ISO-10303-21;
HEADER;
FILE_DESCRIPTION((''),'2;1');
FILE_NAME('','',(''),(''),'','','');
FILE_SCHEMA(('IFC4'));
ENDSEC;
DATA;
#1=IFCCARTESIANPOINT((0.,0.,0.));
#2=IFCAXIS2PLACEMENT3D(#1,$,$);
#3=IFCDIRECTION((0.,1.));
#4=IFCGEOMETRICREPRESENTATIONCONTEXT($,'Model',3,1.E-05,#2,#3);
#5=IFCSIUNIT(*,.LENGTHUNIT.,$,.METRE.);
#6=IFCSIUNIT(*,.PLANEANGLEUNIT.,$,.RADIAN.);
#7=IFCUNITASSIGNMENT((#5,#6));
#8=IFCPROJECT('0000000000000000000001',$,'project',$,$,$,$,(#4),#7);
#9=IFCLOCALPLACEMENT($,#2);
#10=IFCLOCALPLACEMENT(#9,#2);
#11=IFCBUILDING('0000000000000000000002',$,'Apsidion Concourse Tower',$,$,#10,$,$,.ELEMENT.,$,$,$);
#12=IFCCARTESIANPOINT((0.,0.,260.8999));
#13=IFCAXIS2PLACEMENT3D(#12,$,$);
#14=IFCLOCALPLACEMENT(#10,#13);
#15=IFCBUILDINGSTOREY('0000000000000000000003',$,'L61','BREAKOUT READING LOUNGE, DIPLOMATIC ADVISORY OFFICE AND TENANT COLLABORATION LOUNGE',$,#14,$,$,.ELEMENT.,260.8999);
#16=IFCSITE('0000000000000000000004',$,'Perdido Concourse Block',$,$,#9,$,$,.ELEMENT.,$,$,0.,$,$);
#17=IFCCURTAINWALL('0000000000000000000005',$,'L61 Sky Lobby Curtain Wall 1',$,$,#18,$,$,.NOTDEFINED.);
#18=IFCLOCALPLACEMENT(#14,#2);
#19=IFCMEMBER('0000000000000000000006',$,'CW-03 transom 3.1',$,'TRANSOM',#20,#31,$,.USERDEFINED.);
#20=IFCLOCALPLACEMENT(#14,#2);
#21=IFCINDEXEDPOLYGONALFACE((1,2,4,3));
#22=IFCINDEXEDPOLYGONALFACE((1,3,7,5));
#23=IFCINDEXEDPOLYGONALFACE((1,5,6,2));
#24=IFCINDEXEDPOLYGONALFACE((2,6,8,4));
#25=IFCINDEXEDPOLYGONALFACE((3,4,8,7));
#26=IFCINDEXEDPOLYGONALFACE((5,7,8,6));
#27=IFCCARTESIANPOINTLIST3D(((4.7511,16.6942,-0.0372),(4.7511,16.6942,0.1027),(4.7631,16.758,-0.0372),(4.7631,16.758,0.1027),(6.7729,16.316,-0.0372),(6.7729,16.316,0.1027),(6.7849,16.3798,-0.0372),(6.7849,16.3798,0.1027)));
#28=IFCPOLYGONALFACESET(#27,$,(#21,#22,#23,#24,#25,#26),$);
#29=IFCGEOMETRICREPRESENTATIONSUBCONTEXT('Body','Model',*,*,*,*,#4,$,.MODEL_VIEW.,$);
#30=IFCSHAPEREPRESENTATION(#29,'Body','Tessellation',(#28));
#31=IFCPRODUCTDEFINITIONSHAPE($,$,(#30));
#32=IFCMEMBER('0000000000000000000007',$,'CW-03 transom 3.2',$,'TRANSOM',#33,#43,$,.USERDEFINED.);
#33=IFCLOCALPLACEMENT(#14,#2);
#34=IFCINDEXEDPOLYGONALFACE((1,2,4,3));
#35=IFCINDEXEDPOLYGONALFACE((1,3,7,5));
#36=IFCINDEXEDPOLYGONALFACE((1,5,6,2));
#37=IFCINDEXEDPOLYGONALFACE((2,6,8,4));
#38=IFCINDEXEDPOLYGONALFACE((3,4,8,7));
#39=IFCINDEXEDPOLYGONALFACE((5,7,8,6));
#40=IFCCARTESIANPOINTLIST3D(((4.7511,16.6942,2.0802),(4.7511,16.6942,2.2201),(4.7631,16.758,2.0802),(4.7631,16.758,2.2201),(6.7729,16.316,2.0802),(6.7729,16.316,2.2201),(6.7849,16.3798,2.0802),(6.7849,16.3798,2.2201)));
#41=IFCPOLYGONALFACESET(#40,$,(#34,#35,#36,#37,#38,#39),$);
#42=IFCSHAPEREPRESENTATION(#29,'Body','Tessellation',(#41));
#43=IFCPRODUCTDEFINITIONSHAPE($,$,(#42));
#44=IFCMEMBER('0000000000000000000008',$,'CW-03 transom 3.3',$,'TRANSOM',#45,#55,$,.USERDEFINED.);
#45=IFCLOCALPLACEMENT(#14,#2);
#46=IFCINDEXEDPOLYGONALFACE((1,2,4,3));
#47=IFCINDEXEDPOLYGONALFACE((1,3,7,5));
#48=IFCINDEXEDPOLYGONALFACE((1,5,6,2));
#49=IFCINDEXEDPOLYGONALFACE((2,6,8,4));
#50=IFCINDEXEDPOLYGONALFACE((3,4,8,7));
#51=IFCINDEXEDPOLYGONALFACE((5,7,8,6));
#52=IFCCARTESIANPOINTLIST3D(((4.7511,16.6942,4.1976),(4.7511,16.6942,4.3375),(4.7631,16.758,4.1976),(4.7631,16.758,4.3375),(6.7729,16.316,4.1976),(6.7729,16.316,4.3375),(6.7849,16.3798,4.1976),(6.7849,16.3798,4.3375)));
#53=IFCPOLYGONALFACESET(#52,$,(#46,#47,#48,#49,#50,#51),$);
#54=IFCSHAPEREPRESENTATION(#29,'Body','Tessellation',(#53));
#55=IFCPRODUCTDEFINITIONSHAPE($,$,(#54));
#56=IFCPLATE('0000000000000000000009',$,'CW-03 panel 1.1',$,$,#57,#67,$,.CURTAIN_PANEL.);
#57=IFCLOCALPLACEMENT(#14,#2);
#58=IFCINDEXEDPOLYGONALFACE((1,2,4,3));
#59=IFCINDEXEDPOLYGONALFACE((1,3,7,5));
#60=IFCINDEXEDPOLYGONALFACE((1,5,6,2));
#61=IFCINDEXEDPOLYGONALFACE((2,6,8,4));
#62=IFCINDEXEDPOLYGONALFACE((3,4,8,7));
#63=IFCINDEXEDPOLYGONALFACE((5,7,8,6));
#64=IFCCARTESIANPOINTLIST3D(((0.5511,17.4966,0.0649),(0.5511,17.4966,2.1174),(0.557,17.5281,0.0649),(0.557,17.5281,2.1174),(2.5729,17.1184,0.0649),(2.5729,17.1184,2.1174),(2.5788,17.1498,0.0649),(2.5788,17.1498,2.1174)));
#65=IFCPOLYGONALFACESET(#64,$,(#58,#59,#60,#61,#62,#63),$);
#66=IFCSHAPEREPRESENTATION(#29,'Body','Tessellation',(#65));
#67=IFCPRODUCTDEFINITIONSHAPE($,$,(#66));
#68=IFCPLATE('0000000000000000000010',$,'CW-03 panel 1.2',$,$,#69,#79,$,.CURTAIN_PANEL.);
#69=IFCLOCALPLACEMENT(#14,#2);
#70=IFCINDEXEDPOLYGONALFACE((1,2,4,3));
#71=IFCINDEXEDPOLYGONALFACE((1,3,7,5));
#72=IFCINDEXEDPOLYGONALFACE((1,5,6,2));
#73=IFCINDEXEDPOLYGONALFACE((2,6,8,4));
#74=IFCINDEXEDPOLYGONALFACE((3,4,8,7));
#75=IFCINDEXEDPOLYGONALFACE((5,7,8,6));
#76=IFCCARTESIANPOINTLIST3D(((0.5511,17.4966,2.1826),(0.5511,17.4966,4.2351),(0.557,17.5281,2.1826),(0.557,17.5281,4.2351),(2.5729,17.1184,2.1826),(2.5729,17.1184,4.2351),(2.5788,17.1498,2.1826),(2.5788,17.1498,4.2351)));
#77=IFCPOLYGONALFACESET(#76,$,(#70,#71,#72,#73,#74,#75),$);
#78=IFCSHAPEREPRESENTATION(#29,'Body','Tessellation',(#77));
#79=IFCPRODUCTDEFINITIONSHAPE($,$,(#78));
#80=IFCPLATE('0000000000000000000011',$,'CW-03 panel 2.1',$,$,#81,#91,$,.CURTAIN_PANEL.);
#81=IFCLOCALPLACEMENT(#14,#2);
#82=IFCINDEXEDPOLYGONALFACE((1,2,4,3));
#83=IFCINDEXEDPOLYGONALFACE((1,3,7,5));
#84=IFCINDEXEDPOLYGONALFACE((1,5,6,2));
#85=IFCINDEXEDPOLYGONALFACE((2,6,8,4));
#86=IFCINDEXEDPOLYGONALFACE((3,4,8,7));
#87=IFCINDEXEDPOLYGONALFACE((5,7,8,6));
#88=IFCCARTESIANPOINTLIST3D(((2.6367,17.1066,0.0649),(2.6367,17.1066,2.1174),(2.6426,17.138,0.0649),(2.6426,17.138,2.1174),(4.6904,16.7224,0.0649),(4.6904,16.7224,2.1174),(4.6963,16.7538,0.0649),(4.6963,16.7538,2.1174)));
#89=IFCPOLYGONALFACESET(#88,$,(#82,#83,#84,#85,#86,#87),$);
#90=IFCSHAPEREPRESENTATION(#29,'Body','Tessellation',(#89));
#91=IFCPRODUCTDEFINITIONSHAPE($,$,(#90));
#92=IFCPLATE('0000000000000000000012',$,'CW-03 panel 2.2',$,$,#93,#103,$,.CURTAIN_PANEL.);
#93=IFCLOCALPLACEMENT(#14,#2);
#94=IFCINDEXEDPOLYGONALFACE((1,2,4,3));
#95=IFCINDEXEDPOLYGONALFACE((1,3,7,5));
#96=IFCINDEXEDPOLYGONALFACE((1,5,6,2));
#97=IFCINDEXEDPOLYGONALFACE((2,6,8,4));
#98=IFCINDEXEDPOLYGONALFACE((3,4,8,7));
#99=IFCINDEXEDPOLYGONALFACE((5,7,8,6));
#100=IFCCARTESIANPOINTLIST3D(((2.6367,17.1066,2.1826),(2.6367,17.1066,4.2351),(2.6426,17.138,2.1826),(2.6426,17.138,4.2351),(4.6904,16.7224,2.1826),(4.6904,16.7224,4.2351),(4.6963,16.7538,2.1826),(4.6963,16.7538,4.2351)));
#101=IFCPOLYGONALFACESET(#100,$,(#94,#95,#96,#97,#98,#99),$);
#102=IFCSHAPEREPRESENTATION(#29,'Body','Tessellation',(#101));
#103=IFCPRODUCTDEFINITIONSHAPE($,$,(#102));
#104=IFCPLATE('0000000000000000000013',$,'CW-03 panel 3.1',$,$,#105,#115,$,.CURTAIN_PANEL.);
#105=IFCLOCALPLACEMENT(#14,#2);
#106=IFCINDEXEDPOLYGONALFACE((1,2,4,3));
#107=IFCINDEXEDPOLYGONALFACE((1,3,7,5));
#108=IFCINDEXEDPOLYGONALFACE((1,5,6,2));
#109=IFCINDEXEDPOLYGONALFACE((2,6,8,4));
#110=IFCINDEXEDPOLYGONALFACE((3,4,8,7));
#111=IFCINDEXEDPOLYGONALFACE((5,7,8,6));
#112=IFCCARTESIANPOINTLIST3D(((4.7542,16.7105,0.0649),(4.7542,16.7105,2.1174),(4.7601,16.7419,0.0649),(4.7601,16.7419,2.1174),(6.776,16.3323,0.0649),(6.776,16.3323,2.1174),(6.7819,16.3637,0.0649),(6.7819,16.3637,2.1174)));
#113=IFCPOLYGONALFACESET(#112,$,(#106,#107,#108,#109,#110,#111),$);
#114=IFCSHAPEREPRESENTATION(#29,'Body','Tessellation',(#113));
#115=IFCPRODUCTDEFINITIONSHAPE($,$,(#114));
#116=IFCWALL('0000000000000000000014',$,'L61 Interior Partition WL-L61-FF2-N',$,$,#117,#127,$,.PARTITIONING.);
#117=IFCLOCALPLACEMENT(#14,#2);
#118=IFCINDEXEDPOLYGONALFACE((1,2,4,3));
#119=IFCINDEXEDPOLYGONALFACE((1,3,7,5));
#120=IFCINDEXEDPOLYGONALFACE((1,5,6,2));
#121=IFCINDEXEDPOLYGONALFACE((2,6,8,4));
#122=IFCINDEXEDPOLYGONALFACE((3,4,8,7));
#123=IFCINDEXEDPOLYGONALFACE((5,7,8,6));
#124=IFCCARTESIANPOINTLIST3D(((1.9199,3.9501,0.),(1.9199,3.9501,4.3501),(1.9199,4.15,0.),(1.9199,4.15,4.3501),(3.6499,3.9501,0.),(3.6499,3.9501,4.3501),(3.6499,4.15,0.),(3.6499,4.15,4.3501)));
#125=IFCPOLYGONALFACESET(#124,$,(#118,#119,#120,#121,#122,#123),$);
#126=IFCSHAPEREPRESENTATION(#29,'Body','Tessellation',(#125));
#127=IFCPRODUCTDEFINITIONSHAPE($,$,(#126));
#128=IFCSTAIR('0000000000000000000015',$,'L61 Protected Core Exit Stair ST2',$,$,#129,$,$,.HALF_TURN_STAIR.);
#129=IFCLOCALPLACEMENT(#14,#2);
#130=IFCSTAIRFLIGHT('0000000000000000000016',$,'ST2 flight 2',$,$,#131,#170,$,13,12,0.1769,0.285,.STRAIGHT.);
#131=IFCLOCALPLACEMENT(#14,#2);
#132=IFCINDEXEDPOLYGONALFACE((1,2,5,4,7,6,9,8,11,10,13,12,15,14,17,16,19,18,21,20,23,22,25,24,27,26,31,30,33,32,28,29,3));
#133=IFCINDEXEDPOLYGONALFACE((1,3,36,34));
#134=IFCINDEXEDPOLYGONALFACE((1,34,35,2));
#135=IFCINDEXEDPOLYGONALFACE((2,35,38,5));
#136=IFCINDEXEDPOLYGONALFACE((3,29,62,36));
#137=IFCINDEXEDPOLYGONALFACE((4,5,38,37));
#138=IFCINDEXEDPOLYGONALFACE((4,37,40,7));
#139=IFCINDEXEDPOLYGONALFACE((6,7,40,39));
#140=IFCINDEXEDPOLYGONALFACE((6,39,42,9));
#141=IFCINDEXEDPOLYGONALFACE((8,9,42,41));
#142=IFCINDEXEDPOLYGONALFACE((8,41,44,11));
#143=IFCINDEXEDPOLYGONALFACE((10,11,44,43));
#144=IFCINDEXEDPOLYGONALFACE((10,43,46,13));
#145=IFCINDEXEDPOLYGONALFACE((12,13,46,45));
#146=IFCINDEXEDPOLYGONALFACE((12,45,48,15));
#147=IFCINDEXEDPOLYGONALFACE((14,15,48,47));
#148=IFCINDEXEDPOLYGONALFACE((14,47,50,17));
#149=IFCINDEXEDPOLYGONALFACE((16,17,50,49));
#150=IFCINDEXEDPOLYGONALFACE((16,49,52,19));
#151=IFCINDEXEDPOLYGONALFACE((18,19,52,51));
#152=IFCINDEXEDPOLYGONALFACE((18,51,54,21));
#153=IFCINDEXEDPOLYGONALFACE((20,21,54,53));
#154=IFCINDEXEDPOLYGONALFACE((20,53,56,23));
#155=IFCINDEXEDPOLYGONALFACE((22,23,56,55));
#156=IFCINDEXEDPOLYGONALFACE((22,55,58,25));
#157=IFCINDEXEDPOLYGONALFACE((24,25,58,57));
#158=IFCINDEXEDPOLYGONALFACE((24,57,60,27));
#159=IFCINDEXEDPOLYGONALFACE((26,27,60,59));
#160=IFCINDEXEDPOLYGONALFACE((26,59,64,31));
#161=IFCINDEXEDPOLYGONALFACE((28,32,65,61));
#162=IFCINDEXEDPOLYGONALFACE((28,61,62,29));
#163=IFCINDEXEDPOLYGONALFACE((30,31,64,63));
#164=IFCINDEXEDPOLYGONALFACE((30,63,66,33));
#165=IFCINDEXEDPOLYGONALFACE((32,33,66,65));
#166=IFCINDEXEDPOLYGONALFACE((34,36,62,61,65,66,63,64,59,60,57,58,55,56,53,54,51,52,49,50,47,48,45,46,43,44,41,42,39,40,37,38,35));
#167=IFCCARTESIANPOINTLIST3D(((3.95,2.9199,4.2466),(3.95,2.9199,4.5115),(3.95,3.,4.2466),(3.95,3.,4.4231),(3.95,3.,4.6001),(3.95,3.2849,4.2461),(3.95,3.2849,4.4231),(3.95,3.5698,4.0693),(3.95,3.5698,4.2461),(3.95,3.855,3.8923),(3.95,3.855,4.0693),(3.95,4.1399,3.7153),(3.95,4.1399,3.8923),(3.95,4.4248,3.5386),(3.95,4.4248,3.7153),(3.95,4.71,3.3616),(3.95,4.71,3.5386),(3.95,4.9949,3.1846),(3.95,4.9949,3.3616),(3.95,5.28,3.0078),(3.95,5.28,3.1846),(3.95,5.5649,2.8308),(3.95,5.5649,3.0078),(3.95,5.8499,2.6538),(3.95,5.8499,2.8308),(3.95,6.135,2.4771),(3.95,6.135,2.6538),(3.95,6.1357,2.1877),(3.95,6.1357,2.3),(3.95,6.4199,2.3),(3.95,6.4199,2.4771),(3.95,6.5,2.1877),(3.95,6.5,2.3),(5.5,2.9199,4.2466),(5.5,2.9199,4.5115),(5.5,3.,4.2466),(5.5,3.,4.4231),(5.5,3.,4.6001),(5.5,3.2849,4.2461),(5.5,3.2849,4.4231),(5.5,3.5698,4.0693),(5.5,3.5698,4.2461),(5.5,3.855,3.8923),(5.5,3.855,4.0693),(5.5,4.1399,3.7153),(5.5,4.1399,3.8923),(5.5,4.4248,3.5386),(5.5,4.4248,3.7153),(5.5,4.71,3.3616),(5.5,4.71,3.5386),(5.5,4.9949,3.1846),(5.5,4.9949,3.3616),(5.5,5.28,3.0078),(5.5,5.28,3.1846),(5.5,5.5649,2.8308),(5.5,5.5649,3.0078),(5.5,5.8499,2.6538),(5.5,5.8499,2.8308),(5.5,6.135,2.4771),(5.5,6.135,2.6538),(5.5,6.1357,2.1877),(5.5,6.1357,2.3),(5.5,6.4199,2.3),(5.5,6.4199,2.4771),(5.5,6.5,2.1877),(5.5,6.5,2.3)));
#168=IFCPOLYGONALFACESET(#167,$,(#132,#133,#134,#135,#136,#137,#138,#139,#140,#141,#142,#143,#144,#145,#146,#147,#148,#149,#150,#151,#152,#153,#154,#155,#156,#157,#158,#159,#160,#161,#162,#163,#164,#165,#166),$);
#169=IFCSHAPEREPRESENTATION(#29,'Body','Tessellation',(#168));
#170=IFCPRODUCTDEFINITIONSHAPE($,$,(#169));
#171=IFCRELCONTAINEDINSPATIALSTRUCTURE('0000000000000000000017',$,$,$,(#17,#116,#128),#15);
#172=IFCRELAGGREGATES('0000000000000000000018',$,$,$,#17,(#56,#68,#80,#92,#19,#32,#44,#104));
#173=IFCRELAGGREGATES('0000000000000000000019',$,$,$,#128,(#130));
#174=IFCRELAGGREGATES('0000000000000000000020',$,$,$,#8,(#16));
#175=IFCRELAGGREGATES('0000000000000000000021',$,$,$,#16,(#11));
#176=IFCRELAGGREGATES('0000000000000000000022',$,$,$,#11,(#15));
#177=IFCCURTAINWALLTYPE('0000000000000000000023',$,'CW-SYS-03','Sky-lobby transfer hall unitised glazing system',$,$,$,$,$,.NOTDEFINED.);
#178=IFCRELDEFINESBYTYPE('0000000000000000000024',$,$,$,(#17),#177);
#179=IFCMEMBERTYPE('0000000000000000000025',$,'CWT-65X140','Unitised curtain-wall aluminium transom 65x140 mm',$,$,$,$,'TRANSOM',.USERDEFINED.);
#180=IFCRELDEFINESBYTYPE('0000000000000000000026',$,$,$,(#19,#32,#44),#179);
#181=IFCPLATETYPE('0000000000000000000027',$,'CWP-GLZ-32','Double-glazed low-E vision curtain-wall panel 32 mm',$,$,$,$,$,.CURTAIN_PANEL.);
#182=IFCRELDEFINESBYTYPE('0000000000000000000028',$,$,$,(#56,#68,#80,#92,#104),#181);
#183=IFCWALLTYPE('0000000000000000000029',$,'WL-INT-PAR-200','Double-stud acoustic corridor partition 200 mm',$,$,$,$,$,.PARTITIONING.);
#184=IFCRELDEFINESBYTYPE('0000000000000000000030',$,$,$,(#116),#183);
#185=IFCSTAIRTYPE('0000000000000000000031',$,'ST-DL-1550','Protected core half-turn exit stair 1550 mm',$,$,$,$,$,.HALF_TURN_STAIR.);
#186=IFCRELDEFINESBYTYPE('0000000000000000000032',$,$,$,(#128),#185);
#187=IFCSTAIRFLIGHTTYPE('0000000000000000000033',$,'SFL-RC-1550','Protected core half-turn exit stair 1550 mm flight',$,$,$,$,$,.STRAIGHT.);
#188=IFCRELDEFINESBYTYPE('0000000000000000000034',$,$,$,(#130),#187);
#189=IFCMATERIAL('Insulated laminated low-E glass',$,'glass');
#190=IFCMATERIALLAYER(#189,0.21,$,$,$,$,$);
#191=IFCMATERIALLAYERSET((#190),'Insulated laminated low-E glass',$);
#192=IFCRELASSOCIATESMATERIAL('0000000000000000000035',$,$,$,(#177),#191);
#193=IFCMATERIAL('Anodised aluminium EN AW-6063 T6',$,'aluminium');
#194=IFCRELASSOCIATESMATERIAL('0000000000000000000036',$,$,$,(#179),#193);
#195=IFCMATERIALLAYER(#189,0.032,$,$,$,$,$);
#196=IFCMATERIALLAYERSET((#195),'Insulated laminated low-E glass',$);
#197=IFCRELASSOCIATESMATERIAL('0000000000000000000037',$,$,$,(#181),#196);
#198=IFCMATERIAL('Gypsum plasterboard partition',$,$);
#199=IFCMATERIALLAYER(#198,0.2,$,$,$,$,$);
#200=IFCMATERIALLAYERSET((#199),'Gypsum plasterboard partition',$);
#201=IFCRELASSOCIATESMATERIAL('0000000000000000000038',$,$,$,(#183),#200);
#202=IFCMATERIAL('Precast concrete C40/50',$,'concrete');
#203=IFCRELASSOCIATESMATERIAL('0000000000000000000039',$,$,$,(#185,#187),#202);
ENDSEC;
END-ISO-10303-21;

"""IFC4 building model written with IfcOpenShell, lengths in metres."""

from ifc_helpers import new_model, si_unit, direction, frame, frame_2d, origin, origin_2d, place, context, subcontext, project, spatial, polyline, rectangle, outline, extrude, material, layer, layer_set, material_profile, profile_set, type_object, element, aggregate, save


model = new_model("IFC4")

# Units and contexts
model_context = context("Model", 3, precision=1e-05, world=origin(), true_north=direction((0.0, 1.0)))
body_context = subcontext(model_context, "Body", "Model", "MODEL_VIEW")
ifc_project = project(units=[si_unit("LENGTHUNIT", "METRE"), si_unit("PLANEANGLEUNIT", "RADIAN")], contexts=[model_context])

# Site, building, storey
site_placement = place(None, origin())
site = spatial("IfcSite", under=ifc_project, at=site_placement, Name="Perdido Concourse Block", CompositionType="ELEMENT", RefElevation=0.0)
building_placement = place(site_placement, origin())
building = spatial("IfcBuilding", under=site, at=building_placement, Name="Apsidion Concourse Tower", CompositionType="ELEMENT")
storey_placement = place(building_placement, frame((0.0, 0.0, 260.8999)))
storey = spatial("IfcBuildingStorey", under=building, at=storey_placement, Name="L61", Description="BREAKOUT READING LOUNGE, DIPLOMATIC ADVISORY OFFICE AND TENANT COLLABORATION LOUNGE", CompositionType="ELEMENT", Elevation=260.8999)

# Curtain wall, members, plates
ifc_material_1 = material(Name="Insulated laminated low-E glass", Category="glass")
ifc_layer_1 = layer(ifc_material_1, 0.21)
ifc_layer_set_1 = layer_set([ifc_layer_1], Name="Insulated laminated low-E glass")
curtain_wall_type = type_object("IfcCurtainWallType", Name="CW-SYS-03", Description="Sky-lobby transfer hall unitised glazing system", PredefinedType="NOTDEFINED", material=ifc_layer_set_1)
curtain_wall_placement = place(storey_placement, origin())
curtain_wall = element("IfcCurtainWall", 1, at=curtain_wall_placement, inside=storey, type_object=curtain_wall_type, Name="L61 Sky Lobby Curtain Wall 1", PredefinedType="NOTDEFINED")
ifc_material_2 = material(Name="Anodised aluminium EN AW-6063 T6", Category="aluminium")
ifc_material_profile_1 = material_profile(ifc_material_2, rectangle(XDim=0.0649, YDim=0.1399, at=origin_2d()), Name="ALU TRANSOM 65x140")
ifc_profile_set_1 = profile_set([ifc_material_profile_1], Name="Anodised aluminium EN AW-6063 T6")
member_type_1 = type_object("IfcMemberType", Name="CWT-65X140", Description="Unitised curtain-wall aluminium transom 65x140 mm", ElementType="TRANSOM", PredefinedType="USERDEFINED", material=ifc_profile_set_1)
member_1_placement = place(storey_placement, frame((4.7571, 16.7261, 0.0327), z_axis=(0.982951, -0.183866, 0.0), x_axis=(0.183866, 0.982951, 0.0)))
member_1 = element("IfcMember", 2, at=member_1_placement, type_object=member_type_1, Name="CW-03 transom 3.1", ObjectType="TRANSOM", PredefinedType="USERDEFINED", context=body_context, shape_type="SweptSolid", body=[
    extrude(rectangle(XDim=0.0649, YDim=0.1399, at=origin_2d()), origin(), (0.0, 0.0, 1.0), 2.0569),
])
member_2_placement = place(storey_placement, frame((4.7571, 16.7261, 2.1501), z_axis=(0.982951, -0.183866, 0.0), x_axis=(0.183866, 0.982951, 0.0)))
member_2 = element("IfcMember", 3, at=member_2_placement, type_object=member_type_1, Name="CW-03 transom 3.2", ObjectType="TRANSOM", PredefinedType="USERDEFINED", context=body_context, shape_type="SweptSolid", body=[
    extrude(rectangle(XDim=0.0649, YDim=0.1399, at=origin_2d()), origin(), (0.0, 0.0, 1.0), 2.0569),
])
member_3_placement = place(storey_placement, frame((4.7571, 16.7261, 4.2676), z_axis=(0.982951, -0.183866, 0.0), x_axis=(0.183866, 0.982951, 0.0)))
member_3 = element("IfcMember", 4, at=member_3_placement, type_object=member_type_1, Name="CW-03 transom 3.3", ObjectType="TRANSOM", PredefinedType="USERDEFINED", context=body_context, shape_type="SweptSolid", body=[
    extrude(rectangle(XDim=0.0649, YDim=0.1399, at=origin_2d()), origin(), (0.0, 0.0, 1.0), 2.0569),
])
ifc_layer_2 = layer(ifc_material_1, 0.032)
ifc_layer_set_2 = layer_set([ifc_layer_2], Name="Insulated laminated low-E glass")
plate_type = type_object("IfcPlateType", Name="CWP-GLZ-32", Description="Double-glazed low-E vision curtain-wall panel 32 mm", PredefinedType="CURTAIN_PANEL", material=ifc_layer_set_2)
plate_1_placement = place(storey_placement, frame((1.5649, 17.3232, 0.0649), z_axis=(0.0, 0.0, 1.0), x_axis=(0.982948, -0.183883, 0.0)))
plate_1 = element("IfcPlate", 5, at=plate_1_placement, type_object=plate_type, Name="CW-03 panel 1.1", PredefinedType="CURTAIN_PANEL", context=body_context, shape_type="SweptSolid", body=[
    extrude(rectangle(XDim=2.0569, YDim=0.032, at=origin_2d()), origin(), (0.0, 0.0, 1.0), 2.0525),
])
plate_2_placement = place(storey_placement, frame((1.5649, 17.3232, 2.1826), z_axis=(0.0, 0.0, 1.0), x_axis=(0.982948, -0.183883, 0.0)))
plate_2 = element("IfcPlate", 6, at=plate_2_placement, type_object=plate_type, Name="CW-03 panel 1.2", PredefinedType="CURTAIN_PANEL", context=body_context, shape_type="SweptSolid", body=[
    extrude(rectangle(XDim=2.0569, YDim=0.032, at=origin_2d()), origin(), (0.0, 0.0, 1.0), 2.0525),
])
plate_3_placement = place(storey_placement, frame((3.6665, 16.9302, 0.0649), z_axis=(0.0, 0.0, 1.0), x_axis=(0.982948, -0.183883, 0.0)))
plate_3 = element("IfcPlate", 7, at=plate_3_placement, type_object=plate_type, Name="CW-03 panel 2.1", PredefinedType="CURTAIN_PANEL", context=body_context, shape_type="SweptSolid", body=[
    extrude(rectangle(XDim=2.0894, YDim=0.032, at=origin_2d()), origin(), (0.0, 0.0, 1.0), 2.0525),
])
plate_4_placement = place(storey_placement, frame((3.6665, 16.9302, 2.1826), z_axis=(0.0, 0.0, 1.0), x_axis=(0.982948, -0.183883, 0.0)))
plate_4 = element("IfcPlate", 8, at=plate_4_placement, type_object=plate_type, Name="CW-03 panel 2.2", PredefinedType="CURTAIN_PANEL", context=body_context, shape_type="SweptSolid", body=[
    extrude(rectangle(XDim=2.0894, YDim=0.032, at=origin_2d()), origin(), (0.0, 0.0, 1.0), 2.0525),
])
plate_5_placement = place(storey_placement, frame((5.7681, 16.5371, 0.0649), z_axis=(0.0, 0.0, 1.0), x_axis=(0.982948, -0.183883, 0.0)))
plate_5 = element("IfcPlate", 9, at=plate_5_placement, type_object=plate_type, Name="CW-03 panel 3.1", PredefinedType="CURTAIN_PANEL", context=body_context, shape_type="SweptSolid", body=[
    extrude(rectangle(XDim=2.0569, YDim=0.032, at=origin_2d()), origin(), (0.0, 0.0, 1.0), 2.0525),
])
aggregate(curtain_wall, [plate_1, plate_2, plate_3, plate_4, member_1, member_2, member_3, plate_5])

# Wall
ifc_material_3 = material(Name="Gypsum plasterboard partition")
ifc_layer_3 = layer(ifc_material_3, 0.2)
ifc_layer_set_3 = layer_set([ifc_layer_3], Name="Gypsum plasterboard partition")
wall_type = type_object("IfcWallType", Name="WL-INT-PAR-200", Description="Double-stud acoustic corridor partition 200 mm", PredefinedType="PARTITIONING", material=ifc_layer_set_3)
wall_placement = place(storey_placement, frame((1.9199, 4.05, 0.0), z_axis=(0.0, 0.0, 1.0), x_axis=(1.0, 0.0, 0.0)))
element("IfcWall", 10, at=wall_placement, inside=storey, type_object=wall_type, Name="L61 Interior Partition WL-L61-FF2-N", PredefinedType="PARTITIONING", context=body_context, shape_type="SweptSolid", body=[
    extrude(rectangle(XDim=1.73, YDim=0.2, at=frame_2d((0.865, 0.0))), origin(), (0.0, 0.0, 1.0), 4.3501),
])

# Stair, stair flight
ifc_material_4 = material(Name="Precast concrete C40/50", Category="concrete")
stair_type = type_object("IfcStairType", Name="ST-DL-1550", Description="Protected core half-turn exit stair 1550 mm", PredefinedType="HALF_TURN_STAIR", material=ifc_material_4)
stair_1_placement = place(storey_placement, origin())
stair_1 = element("IfcStair", 11, at=stair_1_placement, inside=storey, type_object=stair_type, Name="L61 Protected Core Exit Stair ST2", PredefinedType="HALF_TURN_STAIR")
stair_flight_type = type_object("IfcStairFlightType", Name="SFL-RC-1550", Description="Protected core half-turn exit stair 1550 mm flight", PredefinedType="STRAIGHT", material=ifc_material_4)
stair_flight_1_placement = place(storey_placement, frame((4.7251, 6.4199, 2.3), z_axis=(0.0, 0.0, 1.0), x_axis=(0.0, -1.0, 0.0)))
stair_flight_1 = element("IfcStairFlight", 12, at=stair_flight_1_placement, type_object=stair_flight_type, Name="ST2 flight 2", NumberOfRisers=13, NumberOfTreads=12, PredefinedType="STRAIGHT", RiserHeight=0.1769, TreadLength=0.285, context=body_context, shape_type="SweptSolid", body=[
    extrude(outline(polyline([(-0.0801, -0.1123), (-0.0801, 0.0), (0.0, 0.0), (0.0, 0.177), (0.2849, 0.177), (0.2849, 0.3538), (0.5701, 0.3538), (0.5701, 0.5308), (0.855, 0.5308), (0.855, 0.7078), (1.1399, 0.7078), (1.1399, 0.8845), (1.425, 0.8845), (1.425, 1.0615), (1.71, 1.0615), (1.71, 1.2385), (1.9951, 1.2385), (1.9951, 1.4153), (2.28, 1.4153), (2.28, 1.5923), (2.5649, 1.5923), (2.5649, 1.7693), (2.8501, 1.7693), (2.8501, 1.946), (3.135, 1.946), (3.135, 2.123), (3.4199, 2.123), (3.4199, 2.3), (3.5, 2.2114), (3.5, 1.9465), (3.4199, 1.9465), (0.2842, 0.0), (0.2842, -0.1123), (-0.0801, -0.1123)])), frame((0.0, 0.7749, 0.0), z_axis=(0.0, -1.0, 0.0), x_axis=(1.0, 0.0, 0.0)), (0.0, 0.0, 1.0), 1.55),
])
aggregate(stair_1, [stair_flight_1])

save(model, "model.ifc")
